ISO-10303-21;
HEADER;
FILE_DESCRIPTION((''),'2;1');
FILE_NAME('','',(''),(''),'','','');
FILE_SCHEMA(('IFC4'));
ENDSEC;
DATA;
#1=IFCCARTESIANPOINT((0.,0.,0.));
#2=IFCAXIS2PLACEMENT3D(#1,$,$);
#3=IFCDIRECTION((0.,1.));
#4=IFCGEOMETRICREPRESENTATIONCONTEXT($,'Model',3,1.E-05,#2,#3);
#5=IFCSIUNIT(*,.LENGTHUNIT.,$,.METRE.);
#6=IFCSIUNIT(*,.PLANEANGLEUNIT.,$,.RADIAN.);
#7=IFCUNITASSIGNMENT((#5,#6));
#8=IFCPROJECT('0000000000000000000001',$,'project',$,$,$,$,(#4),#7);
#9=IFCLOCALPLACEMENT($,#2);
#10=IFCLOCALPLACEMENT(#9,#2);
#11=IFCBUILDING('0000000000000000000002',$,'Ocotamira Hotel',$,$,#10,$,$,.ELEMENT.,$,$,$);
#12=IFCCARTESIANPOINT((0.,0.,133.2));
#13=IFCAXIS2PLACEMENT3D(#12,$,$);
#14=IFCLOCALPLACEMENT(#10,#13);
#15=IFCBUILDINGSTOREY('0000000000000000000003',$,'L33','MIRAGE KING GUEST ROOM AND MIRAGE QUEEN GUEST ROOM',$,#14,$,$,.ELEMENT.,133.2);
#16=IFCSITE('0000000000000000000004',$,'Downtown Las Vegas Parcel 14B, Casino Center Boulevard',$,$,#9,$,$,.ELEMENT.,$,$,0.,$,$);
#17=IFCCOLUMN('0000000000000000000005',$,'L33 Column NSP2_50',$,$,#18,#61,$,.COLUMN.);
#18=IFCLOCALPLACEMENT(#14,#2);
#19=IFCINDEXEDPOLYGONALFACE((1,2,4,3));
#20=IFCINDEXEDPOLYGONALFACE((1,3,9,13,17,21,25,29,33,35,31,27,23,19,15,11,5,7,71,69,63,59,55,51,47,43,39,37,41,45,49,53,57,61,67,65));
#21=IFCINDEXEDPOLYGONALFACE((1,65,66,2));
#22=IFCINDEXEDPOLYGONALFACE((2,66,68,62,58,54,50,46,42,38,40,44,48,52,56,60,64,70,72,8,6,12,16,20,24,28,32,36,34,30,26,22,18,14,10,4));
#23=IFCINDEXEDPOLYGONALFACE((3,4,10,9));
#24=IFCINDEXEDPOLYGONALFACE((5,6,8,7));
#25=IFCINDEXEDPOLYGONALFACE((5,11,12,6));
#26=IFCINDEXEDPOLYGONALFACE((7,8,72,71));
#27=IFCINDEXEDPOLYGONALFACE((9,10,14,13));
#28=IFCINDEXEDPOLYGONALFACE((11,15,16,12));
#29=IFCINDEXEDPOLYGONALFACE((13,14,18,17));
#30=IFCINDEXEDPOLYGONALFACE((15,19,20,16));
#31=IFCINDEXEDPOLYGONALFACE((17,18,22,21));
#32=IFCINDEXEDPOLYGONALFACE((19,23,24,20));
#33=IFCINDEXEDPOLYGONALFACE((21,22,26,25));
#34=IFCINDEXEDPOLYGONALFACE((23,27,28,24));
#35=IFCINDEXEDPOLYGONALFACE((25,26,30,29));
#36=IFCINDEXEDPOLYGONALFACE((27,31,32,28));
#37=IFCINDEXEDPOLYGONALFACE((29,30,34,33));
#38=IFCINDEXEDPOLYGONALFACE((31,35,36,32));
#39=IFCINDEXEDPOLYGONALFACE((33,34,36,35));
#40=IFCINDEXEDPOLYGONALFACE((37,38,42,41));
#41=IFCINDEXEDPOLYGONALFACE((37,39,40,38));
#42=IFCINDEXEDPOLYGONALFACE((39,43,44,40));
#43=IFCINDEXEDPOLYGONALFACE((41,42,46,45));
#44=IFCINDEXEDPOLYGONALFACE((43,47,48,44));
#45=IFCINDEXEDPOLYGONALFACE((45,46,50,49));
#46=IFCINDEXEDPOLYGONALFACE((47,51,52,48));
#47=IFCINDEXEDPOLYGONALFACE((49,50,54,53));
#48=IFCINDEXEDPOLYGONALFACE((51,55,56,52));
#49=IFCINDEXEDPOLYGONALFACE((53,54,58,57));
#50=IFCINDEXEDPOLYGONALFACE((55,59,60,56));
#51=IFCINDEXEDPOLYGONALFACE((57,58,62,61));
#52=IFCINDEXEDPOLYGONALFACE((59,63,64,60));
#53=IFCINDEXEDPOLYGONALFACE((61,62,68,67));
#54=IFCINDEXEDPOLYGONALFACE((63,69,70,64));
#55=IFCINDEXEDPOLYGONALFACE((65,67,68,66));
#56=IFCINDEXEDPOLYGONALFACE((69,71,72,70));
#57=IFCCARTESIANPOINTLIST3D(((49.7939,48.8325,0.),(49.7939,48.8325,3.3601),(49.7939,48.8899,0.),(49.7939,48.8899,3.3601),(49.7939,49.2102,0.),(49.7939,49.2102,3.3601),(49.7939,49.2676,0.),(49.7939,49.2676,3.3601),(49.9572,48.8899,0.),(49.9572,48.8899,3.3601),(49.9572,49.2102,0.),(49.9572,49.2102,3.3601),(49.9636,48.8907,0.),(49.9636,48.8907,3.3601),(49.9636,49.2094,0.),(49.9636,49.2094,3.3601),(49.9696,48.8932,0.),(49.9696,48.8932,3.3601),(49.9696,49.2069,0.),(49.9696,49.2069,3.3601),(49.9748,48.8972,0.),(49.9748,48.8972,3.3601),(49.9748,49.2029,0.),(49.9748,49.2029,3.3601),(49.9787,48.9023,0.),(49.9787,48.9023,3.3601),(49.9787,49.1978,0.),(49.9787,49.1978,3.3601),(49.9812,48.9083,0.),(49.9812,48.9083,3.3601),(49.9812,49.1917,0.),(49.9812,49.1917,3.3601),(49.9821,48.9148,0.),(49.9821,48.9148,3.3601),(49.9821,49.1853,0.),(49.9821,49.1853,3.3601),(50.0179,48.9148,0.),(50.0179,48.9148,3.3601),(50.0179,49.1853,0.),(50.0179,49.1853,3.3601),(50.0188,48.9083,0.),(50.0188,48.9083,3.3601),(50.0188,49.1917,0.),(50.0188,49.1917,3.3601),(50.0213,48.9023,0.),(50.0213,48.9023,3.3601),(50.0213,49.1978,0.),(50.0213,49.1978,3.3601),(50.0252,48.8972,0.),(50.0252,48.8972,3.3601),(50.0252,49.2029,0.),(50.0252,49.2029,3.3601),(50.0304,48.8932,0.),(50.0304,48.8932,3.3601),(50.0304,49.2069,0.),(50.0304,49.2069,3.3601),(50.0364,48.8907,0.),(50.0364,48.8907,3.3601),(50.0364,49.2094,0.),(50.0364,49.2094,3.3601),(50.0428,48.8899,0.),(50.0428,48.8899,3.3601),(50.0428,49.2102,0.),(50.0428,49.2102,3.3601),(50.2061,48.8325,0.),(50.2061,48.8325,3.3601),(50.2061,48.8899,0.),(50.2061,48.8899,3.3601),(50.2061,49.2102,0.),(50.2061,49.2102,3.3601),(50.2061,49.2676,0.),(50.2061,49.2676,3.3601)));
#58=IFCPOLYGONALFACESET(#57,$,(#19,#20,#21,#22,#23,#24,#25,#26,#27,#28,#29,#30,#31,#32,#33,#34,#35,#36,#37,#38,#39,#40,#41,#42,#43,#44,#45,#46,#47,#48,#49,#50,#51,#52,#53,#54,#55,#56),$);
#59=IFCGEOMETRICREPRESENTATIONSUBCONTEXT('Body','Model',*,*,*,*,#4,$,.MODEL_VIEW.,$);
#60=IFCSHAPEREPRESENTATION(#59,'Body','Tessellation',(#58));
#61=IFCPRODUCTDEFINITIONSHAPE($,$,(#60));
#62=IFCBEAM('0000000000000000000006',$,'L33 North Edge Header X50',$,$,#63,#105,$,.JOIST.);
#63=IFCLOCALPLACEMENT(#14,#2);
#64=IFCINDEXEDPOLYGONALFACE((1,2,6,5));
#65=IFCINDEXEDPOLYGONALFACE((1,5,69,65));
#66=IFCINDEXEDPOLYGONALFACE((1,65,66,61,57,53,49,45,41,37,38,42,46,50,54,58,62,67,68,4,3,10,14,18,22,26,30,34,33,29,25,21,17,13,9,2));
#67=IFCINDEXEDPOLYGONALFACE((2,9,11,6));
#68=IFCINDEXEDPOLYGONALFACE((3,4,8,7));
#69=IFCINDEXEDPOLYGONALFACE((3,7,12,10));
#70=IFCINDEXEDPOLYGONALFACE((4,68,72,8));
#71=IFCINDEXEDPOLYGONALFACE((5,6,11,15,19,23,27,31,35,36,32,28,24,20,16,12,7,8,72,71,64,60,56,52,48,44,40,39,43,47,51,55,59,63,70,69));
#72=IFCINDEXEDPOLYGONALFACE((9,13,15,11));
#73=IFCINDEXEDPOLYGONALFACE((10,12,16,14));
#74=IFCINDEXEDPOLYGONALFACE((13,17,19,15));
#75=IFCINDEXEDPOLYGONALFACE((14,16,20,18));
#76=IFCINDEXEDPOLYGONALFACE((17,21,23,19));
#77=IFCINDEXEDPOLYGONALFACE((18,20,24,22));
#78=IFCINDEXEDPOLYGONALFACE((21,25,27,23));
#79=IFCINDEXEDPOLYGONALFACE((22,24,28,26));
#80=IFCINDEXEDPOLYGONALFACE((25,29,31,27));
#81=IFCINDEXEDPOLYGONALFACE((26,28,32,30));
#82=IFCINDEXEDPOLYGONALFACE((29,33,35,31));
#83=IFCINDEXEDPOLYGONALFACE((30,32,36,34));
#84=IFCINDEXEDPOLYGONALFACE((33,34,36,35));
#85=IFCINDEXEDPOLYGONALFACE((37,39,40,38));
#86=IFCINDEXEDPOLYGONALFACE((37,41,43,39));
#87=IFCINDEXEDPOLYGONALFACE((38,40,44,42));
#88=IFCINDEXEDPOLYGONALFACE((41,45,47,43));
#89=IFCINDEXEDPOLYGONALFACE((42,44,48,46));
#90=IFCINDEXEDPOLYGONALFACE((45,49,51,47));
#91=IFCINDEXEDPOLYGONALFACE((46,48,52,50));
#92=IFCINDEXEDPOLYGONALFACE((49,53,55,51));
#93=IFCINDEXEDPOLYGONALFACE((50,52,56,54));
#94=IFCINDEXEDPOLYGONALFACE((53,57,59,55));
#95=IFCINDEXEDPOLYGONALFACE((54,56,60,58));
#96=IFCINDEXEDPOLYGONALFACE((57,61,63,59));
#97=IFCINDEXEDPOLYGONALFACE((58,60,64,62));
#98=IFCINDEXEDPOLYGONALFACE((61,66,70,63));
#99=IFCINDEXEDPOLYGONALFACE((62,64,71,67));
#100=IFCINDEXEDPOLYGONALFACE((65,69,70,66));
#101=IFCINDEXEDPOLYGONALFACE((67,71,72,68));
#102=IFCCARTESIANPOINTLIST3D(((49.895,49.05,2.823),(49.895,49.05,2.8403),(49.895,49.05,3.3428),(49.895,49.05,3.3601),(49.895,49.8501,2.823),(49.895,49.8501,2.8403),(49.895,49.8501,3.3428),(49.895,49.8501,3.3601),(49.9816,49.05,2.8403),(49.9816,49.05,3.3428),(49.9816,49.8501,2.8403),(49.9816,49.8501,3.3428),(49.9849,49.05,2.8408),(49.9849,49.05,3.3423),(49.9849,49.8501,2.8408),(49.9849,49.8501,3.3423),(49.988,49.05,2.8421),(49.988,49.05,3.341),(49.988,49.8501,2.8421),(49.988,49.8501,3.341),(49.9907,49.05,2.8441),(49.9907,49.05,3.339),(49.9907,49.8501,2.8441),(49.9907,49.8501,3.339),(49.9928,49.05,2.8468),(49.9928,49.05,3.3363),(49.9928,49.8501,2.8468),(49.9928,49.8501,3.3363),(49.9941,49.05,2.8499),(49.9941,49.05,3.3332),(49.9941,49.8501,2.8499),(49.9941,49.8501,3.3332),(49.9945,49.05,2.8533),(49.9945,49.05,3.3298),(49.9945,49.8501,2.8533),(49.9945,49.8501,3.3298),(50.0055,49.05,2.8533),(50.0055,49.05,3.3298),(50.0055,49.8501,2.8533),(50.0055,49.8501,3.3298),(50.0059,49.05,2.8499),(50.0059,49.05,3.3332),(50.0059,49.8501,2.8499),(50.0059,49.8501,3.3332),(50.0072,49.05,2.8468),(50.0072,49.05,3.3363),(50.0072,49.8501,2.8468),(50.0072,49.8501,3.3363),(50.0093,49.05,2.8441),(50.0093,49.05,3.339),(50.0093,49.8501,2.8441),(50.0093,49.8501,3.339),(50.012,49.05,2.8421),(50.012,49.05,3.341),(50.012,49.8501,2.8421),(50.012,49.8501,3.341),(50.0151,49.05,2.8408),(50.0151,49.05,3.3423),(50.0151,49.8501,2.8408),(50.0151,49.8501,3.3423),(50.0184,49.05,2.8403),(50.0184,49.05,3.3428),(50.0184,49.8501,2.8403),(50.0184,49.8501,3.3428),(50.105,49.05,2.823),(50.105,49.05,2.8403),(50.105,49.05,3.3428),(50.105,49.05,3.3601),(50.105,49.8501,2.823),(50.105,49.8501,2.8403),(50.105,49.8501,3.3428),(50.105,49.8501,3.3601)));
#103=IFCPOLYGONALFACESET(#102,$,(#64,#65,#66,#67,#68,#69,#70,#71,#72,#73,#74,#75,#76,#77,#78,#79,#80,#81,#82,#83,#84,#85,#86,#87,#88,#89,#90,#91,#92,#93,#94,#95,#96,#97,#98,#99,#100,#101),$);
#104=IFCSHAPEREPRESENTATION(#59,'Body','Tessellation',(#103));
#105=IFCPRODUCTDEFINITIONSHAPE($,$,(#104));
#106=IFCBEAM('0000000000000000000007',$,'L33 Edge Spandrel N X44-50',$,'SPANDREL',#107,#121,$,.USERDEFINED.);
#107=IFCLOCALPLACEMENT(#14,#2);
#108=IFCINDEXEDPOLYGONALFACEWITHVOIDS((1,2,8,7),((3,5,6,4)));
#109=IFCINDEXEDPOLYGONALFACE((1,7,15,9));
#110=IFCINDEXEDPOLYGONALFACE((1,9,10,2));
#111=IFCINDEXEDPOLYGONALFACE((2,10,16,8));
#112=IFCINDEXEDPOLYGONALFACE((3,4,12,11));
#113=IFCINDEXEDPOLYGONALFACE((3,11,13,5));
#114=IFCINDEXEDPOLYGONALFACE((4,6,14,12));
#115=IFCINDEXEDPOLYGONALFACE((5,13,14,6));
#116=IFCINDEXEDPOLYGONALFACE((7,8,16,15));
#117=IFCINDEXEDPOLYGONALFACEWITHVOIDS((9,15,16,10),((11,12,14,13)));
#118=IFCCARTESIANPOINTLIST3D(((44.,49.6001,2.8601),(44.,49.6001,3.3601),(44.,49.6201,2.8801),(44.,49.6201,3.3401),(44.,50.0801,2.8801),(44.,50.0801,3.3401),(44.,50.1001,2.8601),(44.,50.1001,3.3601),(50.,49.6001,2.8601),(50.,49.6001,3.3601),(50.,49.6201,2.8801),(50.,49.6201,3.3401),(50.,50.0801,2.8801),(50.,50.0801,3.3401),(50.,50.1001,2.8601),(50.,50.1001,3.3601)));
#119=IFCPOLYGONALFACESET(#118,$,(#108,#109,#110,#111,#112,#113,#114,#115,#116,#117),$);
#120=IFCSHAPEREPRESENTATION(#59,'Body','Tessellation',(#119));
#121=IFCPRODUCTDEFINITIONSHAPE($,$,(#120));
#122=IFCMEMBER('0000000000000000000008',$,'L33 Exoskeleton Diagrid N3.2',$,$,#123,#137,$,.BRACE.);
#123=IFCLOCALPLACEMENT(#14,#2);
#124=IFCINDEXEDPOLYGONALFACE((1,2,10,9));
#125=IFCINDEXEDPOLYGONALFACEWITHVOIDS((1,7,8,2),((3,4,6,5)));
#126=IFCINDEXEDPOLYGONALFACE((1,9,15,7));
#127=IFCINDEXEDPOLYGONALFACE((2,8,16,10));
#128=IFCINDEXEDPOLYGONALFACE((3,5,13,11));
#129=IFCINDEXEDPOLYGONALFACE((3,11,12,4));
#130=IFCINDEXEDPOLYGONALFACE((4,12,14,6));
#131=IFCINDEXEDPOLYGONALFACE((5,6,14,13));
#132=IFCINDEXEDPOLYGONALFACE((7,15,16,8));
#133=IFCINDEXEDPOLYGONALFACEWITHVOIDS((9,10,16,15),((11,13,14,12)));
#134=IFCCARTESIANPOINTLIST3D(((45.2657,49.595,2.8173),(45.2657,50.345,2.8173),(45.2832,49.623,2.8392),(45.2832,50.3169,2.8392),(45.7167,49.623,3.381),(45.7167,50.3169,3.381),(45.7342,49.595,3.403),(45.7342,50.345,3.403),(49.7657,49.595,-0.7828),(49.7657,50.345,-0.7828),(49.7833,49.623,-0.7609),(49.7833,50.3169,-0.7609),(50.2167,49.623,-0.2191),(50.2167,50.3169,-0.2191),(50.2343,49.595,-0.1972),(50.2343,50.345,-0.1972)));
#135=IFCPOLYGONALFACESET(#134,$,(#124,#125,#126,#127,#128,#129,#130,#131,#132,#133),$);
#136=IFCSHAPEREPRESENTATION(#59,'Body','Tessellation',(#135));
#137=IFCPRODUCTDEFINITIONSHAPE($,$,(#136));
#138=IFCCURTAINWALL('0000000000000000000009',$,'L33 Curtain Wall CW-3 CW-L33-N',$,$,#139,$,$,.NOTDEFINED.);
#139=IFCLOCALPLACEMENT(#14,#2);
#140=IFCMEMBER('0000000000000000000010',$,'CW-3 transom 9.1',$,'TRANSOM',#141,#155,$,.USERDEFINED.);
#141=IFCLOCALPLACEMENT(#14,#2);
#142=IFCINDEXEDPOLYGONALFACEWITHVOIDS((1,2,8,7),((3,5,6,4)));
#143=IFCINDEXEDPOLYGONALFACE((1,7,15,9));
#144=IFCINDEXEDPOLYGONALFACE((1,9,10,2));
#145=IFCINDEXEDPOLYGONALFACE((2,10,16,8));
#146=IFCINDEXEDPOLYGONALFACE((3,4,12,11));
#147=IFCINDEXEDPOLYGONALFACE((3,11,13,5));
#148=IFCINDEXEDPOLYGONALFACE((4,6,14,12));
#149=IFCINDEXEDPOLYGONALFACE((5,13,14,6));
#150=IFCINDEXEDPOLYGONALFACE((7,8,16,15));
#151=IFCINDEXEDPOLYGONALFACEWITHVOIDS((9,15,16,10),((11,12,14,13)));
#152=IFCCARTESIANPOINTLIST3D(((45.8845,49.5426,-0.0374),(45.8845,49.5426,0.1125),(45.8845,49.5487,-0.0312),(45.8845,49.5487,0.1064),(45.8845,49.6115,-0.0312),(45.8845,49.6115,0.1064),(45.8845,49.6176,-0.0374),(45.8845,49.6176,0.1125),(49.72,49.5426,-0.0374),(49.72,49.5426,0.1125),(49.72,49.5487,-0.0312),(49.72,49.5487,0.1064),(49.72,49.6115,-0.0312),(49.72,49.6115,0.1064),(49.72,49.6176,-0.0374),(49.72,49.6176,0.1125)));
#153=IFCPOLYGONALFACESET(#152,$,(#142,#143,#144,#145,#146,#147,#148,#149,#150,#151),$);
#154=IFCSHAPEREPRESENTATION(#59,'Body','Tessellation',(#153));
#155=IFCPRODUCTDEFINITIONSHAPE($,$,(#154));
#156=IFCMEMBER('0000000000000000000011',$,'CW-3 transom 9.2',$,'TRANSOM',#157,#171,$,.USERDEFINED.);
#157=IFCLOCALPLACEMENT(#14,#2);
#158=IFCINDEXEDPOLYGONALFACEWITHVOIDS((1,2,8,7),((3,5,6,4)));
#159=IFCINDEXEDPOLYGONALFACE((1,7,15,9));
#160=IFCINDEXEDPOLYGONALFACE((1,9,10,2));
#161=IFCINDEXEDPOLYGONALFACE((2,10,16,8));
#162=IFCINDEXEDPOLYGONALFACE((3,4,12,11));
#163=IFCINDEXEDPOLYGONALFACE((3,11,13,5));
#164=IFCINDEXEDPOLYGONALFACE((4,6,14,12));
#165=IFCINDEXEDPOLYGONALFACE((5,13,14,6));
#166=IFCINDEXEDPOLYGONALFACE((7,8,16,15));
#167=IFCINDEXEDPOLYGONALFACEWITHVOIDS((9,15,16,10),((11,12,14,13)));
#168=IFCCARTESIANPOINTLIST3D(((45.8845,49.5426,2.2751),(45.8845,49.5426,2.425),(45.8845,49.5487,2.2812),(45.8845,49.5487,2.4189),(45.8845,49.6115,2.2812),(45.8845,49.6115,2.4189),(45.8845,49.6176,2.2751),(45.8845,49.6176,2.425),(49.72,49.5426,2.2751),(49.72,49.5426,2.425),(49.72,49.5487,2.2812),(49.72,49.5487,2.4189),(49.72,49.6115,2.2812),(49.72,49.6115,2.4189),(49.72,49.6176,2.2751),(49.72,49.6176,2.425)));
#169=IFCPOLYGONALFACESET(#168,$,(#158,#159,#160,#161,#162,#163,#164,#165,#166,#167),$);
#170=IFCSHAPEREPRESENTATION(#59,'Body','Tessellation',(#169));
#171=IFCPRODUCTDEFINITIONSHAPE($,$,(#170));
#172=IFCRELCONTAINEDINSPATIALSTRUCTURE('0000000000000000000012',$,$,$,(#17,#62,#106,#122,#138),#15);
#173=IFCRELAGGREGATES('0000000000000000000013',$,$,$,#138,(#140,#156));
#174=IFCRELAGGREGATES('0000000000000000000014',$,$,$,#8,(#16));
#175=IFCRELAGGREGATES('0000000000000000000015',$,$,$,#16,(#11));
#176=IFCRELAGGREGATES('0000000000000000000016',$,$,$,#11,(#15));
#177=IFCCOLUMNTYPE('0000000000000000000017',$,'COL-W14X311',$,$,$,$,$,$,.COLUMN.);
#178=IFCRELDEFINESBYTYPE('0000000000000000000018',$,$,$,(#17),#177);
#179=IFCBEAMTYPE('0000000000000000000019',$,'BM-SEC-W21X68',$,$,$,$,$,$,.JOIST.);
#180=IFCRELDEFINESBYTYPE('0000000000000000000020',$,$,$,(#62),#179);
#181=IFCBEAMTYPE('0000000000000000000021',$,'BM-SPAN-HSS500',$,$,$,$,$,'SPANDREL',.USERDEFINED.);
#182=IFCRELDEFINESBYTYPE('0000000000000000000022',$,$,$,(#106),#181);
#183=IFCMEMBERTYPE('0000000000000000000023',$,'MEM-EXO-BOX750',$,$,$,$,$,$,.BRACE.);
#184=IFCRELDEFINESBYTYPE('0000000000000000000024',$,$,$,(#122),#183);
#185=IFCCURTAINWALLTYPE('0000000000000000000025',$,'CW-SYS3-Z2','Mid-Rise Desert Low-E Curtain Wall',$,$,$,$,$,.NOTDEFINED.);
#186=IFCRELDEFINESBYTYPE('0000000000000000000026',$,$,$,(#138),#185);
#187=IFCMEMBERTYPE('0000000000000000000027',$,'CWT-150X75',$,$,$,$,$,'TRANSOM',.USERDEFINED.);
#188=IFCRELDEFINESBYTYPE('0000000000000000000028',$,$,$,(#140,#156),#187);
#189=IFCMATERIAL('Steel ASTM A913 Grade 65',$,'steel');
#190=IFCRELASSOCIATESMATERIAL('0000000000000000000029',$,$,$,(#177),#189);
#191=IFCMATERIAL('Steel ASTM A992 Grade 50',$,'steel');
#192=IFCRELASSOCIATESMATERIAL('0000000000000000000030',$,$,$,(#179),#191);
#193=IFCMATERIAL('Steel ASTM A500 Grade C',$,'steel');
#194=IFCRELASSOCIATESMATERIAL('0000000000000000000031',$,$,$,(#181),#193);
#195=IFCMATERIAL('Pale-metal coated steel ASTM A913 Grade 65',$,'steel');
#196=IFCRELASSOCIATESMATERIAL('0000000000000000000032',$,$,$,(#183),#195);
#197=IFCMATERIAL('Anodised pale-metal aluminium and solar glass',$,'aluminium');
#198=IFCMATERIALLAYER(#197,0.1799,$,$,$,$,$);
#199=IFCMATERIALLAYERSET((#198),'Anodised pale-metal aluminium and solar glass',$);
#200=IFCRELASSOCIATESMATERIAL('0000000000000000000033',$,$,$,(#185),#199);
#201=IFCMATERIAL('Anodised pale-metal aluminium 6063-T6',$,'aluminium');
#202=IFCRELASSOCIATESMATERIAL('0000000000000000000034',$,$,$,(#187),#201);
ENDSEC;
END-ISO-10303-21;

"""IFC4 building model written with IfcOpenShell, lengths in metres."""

from ifc_helpers import new_model, si_unit, direction, frame, origin, origin_2d, place, context, subcontext, project, spatial, hollow_rectangle, i_section, extrude, source, transform, mapped, material, layer, layer_set, material_profile, profile_set, type_object, element, aggregate, save


model = new_model("IFC4")

# Units and contexts
model_context = context("Model", 3, precision=1e-05, world=origin(), true_north=direction((0.0, 1.0)))
body_context = subcontext(model_context, "Body", "Model", "MODEL_VIEW")
ifc_project = project(units=[si_unit("LENGTHUNIT", "METRE"), si_unit("PLANEANGLEUNIT", "RADIAN")], contexts=[model_context])

# Site, building, storey
site_placement = place(None, origin())
site = spatial("IfcSite", under=ifc_project, at=site_placement, Name="Downtown Las Vegas Parcel 14B, Casino Center Boulevard", CompositionType="ELEMENT", RefElevation=0.0)
building_placement = place(site_placement, origin())
building = spatial("IfcBuilding", under=site, at=building_placement, Name="Ocotamira Hotel", CompositionType="ELEMENT")
storey_placement = place(building_placement, frame((0.0, 0.0, 133.2)))
storey = spatial("IfcBuildingStorey", under=building, at=storey_placement, Name="L33", Description="MIRAGE KING GUEST ROOM AND MIRAGE QUEEN GUEST ROOM", CompositionType="ELEMENT", Elevation=133.2)

# Column
ifc_material_1 = material(Name="Steel ASTM A913 Grade 65", Category="steel")
ifc_material_profile_1 = material_profile(ifc_material_1, i_section(OverallWidth=0.4121, OverallDepth=0.4351, WebThickness=0.0359, FlangeThickness=0.0574, FilletRadius=0.0249, at=origin_2d()), Name="W14X311")
ifc_profile_set_1 = profile_set([ifc_material_profile_1], Name="Steel ASTM A913 Grade 65")
column_type = type_object("IfcColumnType", Name="COL-W14X311", PredefinedType="COLUMN", material=ifc_profile_set_1)
shared_shape_1 = source(origin(), body_context, "Body", "SweptSolid", [
    extrude(i_section(OverallWidth=0.4121, OverallDepth=0.4351, WebThickness=0.0359, FlangeThickness=0.0574, FilletRadius=0.0249, at=origin_2d()), origin(), (0.0, 0.0, 1.0), 3.3601),
])
column_placement = place(storey_placement, frame((50.0, 49.05, 0.0), z_axis=(0.0, 0.0, 1.0), x_axis=(1.0, 0.0, 0.0)))
element("IfcColumn", 1, at=column_placement, inside=storey, type_object=column_type, Name="L33 Column NSP2_50", PredefinedType="COLUMN", context=body_context, shape_type="MappedRepresentation", body=[
    mapped(shared_shape_1, transform((0.0, 0.0, 0.0), scale=1.0)),
])

# Beams
ifc_material_2 = material(Name="Steel ASTM A992 Grade 50", Category="steel")
ifc_material_profile_2 = material_profile(ifc_material_2, i_section(OverallWidth=0.21, OverallDepth=0.5371, WebThickness=0.011, FlangeThickness=0.0173, FilletRadius=0.0129, at=origin_2d()), Name="W21X68")
ifc_profile_set_2 = profile_set([ifc_material_profile_2], Name="Steel ASTM A992 Grade 50")
beam_type_1 = type_object("IfcBeamType", Name="BM-SEC-W21X68", PredefinedType="JOIST", material=ifc_profile_set_2)
shared_shape_2 = source(origin(), body_context, "Body", "SweptSolid", [
    extrude(i_section(OverallWidth=0.21, OverallDepth=0.5371, WebThickness=0.011, FlangeThickness=0.0173, FilletRadius=0.0129, at=origin_2d()), origin(), (0.0, 0.0, 1.0), 0.8),
])
beam_1_placement = place(storey_placement, frame((50.0, 49.05, 3.0916), z_axis=(0.0, 1.0, 0.0), x_axis=(-1.0, 0.0, 0.0)))
element("IfcBeam", 2, at=beam_1_placement, inside=storey, type_object=beam_type_1, Name="L33 North Edge Header X50", PredefinedType="JOIST", context=body_context, shape_type="MappedRepresentation", body=[
    mapped(shared_shape_2, transform((0.0, 0.0, 0.0), scale=1.0)),
])
ifc_material_3 = material(Name="Steel ASTM A500 Grade C", Category="steel")
ifc_material_profile_3 = material_profile(ifc_material_3, hollow_rectangle(XDim=0.5, YDim=0.5, WallThickness=0.02, at=origin_2d()), Name="HSS500X500X20")
ifc_profile_set_3 = profile_set([ifc_material_profile_3], Name="Steel ASTM A500 Grade C")
beam_type_2 = type_object("IfcBeamType", Name="BM-SPAN-HSS500", ElementType="SPANDREL", PredefinedType="USERDEFINED", material=ifc_profile_set_3)
shared_shape_3 = source(origin(), body_context, "Body", "SweptSolid", [
    extrude(hollow_rectangle(XDim=0.5, YDim=0.5, WallThickness=0.02, at=origin_2d()), origin(), (0.0, 0.0, 1.0), 6.0),
])
beam_2_placement = place(storey_placement, frame((44.0, 49.8501, 3.1101), z_axis=(1.0, 0.0, 0.0), x_axis=(0.0, 1.0, 0.0)))
element("IfcBeam", 3, at=beam_2_placement, inside=storey, type_object=beam_type_2, Name="L33 Edge Spandrel N X44-50", ObjectType="SPANDREL", PredefinedType="USERDEFINED", context=body_context, shape_type="MappedRepresentation", body=[
    mapped(shared_shape_3, transform((0.0, 0.0, 0.0), scale=1.0)),
])

# Member
ifc_material_4 = material(Name="Pale-metal coated steel ASTM A913 Grade 65", Category="steel")
ifc_material_profile_4 = material_profile(ifc_material_4, hollow_rectangle(XDim=0.75, YDim=0.75, WallThickness=0.0281, at=origin_2d()), Name="BOX750X750X28")
ifc_profile_set_4 = profile_set([ifc_material_profile_4], Name="Pale-metal coated steel ASTM A913 Grade 65")
member_type_1 = type_object("IfcMemberType", Name="MEM-EXO-BOX750", PredefinedType="BRACE", material=ifc_profile_set_4)
shared_shape_4 = source(origin(), body_context, "Body", "SweptSolid", [
    extrude(hollow_rectangle(XDim=0.75, YDim=0.75, WallThickness=0.0281, at=origin_2d()), origin(), (0.0, 0.0, 1.0), 5.7629),
])
member_1_placement = place(storey_placement, frame((50.0, 49.97, -0.49), z_axis=(-0.780861, 0.0, 0.624705), x_axis=(0.0, -1.0, 0.0)))
element("IfcMember", 4, at=member_1_placement, inside=storey, type_object=member_type_1, Name="L33 Exoskeleton Diagrid N3.2", PredefinedType="BRACE", context=body_context, shape_type="MappedRepresentation", body=[
    mapped(shared_shape_4, transform((0.0, 0.0, 0.0), scale=1.0)),
])

# Curtain wall, members
ifc_material_5 = material(Name="Anodised pale-metal aluminium and solar glass", Category="aluminium")
ifc_layer_1 = layer(ifc_material_5, 0.1799)
ifc_layer_set_1 = layer_set([ifc_layer_1], Name="Anodised pale-metal aluminium and solar glass")
curtain_wall_type = type_object("IfcCurtainWallType", Name="CW-SYS3-Z2", Description="Mid-Rise Desert Low-E Curtain Wall", PredefinedType="NOTDEFINED", material=ifc_layer_set_1)
curtain_wall_1_placement = place(storey_placement, origin())
curtain_wall_1 = element("IfcCurtainWall", 5, at=curtain_wall_1_placement, inside=storey, type_object=curtain_wall_type, Name="L33 Curtain Wall CW-3 CW-L33-N", PredefinedType="NOTDEFINED")
ifc_material_6 = material(Name="Anodised pale-metal aluminium 6063-T6", Category="aluminium")
ifc_material_profile_5 = material_profile(ifc_material_6, hollow_rectangle(XDim=0.075, YDim=0.1499, WallThickness=0.0061, at=origin_2d()), Name="HSS150X75X6")
ifc_profile_set_5 = profile_set([ifc_material_profile_5], Name="Anodised pale-metal aluminium 6063-T6")
member_type_2 = type_object("IfcMemberType", Name="CWT-150X75", ElementType="TRANSOM", PredefinedType="USERDEFINED", material=ifc_profile_set_5)
shared_shape_5 = source(origin(), body_context, "Body", "SweptSolid", [
    extrude(hollow_rectangle(XDim=0.075, YDim=0.1499, WallThickness=0.0061, at=origin_2d()), origin(), (0.0, 0.0, 1.0), 3.8354),
])
member_2_placement = place(storey_placement, frame((45.8845, 49.5801, 0.0376), z_axis=(1.0, 0.0, 0.0), x_axis=(0.0, 1.0, 0.0)))
member_2 = element("IfcMember", 6, at=member_2_placement, type_object=member_type_2, Name="CW-3 transom 9.1", ObjectType="TRANSOM", PredefinedType="USERDEFINED", context=body_context, shape_type="MappedRepresentation", body=[
    mapped(shared_shape_5, transform((0.0, 0.0, 0.0), scale=1.0)),
])
member_3_placement = place(storey_placement, frame((45.8845, 49.5801, 2.3501), z_axis=(1.0, 0.0, 0.0), x_axis=(0.0, 1.0, 0.0)))
member_3 = element("IfcMember", 7, at=member_3_placement, type_object=member_type_2, Name="CW-3 transom 9.2", ObjectType="TRANSOM", PredefinedType="USERDEFINED", context=body_context, shape_type="MappedRepresentation", body=[
    mapped(shared_shape_5, transform((0.0, 0.0, 0.0), scale=1.0)),
])

aggregate(curtain_wall_1, [member_2, member_3])

save(model, "model.ifc")
